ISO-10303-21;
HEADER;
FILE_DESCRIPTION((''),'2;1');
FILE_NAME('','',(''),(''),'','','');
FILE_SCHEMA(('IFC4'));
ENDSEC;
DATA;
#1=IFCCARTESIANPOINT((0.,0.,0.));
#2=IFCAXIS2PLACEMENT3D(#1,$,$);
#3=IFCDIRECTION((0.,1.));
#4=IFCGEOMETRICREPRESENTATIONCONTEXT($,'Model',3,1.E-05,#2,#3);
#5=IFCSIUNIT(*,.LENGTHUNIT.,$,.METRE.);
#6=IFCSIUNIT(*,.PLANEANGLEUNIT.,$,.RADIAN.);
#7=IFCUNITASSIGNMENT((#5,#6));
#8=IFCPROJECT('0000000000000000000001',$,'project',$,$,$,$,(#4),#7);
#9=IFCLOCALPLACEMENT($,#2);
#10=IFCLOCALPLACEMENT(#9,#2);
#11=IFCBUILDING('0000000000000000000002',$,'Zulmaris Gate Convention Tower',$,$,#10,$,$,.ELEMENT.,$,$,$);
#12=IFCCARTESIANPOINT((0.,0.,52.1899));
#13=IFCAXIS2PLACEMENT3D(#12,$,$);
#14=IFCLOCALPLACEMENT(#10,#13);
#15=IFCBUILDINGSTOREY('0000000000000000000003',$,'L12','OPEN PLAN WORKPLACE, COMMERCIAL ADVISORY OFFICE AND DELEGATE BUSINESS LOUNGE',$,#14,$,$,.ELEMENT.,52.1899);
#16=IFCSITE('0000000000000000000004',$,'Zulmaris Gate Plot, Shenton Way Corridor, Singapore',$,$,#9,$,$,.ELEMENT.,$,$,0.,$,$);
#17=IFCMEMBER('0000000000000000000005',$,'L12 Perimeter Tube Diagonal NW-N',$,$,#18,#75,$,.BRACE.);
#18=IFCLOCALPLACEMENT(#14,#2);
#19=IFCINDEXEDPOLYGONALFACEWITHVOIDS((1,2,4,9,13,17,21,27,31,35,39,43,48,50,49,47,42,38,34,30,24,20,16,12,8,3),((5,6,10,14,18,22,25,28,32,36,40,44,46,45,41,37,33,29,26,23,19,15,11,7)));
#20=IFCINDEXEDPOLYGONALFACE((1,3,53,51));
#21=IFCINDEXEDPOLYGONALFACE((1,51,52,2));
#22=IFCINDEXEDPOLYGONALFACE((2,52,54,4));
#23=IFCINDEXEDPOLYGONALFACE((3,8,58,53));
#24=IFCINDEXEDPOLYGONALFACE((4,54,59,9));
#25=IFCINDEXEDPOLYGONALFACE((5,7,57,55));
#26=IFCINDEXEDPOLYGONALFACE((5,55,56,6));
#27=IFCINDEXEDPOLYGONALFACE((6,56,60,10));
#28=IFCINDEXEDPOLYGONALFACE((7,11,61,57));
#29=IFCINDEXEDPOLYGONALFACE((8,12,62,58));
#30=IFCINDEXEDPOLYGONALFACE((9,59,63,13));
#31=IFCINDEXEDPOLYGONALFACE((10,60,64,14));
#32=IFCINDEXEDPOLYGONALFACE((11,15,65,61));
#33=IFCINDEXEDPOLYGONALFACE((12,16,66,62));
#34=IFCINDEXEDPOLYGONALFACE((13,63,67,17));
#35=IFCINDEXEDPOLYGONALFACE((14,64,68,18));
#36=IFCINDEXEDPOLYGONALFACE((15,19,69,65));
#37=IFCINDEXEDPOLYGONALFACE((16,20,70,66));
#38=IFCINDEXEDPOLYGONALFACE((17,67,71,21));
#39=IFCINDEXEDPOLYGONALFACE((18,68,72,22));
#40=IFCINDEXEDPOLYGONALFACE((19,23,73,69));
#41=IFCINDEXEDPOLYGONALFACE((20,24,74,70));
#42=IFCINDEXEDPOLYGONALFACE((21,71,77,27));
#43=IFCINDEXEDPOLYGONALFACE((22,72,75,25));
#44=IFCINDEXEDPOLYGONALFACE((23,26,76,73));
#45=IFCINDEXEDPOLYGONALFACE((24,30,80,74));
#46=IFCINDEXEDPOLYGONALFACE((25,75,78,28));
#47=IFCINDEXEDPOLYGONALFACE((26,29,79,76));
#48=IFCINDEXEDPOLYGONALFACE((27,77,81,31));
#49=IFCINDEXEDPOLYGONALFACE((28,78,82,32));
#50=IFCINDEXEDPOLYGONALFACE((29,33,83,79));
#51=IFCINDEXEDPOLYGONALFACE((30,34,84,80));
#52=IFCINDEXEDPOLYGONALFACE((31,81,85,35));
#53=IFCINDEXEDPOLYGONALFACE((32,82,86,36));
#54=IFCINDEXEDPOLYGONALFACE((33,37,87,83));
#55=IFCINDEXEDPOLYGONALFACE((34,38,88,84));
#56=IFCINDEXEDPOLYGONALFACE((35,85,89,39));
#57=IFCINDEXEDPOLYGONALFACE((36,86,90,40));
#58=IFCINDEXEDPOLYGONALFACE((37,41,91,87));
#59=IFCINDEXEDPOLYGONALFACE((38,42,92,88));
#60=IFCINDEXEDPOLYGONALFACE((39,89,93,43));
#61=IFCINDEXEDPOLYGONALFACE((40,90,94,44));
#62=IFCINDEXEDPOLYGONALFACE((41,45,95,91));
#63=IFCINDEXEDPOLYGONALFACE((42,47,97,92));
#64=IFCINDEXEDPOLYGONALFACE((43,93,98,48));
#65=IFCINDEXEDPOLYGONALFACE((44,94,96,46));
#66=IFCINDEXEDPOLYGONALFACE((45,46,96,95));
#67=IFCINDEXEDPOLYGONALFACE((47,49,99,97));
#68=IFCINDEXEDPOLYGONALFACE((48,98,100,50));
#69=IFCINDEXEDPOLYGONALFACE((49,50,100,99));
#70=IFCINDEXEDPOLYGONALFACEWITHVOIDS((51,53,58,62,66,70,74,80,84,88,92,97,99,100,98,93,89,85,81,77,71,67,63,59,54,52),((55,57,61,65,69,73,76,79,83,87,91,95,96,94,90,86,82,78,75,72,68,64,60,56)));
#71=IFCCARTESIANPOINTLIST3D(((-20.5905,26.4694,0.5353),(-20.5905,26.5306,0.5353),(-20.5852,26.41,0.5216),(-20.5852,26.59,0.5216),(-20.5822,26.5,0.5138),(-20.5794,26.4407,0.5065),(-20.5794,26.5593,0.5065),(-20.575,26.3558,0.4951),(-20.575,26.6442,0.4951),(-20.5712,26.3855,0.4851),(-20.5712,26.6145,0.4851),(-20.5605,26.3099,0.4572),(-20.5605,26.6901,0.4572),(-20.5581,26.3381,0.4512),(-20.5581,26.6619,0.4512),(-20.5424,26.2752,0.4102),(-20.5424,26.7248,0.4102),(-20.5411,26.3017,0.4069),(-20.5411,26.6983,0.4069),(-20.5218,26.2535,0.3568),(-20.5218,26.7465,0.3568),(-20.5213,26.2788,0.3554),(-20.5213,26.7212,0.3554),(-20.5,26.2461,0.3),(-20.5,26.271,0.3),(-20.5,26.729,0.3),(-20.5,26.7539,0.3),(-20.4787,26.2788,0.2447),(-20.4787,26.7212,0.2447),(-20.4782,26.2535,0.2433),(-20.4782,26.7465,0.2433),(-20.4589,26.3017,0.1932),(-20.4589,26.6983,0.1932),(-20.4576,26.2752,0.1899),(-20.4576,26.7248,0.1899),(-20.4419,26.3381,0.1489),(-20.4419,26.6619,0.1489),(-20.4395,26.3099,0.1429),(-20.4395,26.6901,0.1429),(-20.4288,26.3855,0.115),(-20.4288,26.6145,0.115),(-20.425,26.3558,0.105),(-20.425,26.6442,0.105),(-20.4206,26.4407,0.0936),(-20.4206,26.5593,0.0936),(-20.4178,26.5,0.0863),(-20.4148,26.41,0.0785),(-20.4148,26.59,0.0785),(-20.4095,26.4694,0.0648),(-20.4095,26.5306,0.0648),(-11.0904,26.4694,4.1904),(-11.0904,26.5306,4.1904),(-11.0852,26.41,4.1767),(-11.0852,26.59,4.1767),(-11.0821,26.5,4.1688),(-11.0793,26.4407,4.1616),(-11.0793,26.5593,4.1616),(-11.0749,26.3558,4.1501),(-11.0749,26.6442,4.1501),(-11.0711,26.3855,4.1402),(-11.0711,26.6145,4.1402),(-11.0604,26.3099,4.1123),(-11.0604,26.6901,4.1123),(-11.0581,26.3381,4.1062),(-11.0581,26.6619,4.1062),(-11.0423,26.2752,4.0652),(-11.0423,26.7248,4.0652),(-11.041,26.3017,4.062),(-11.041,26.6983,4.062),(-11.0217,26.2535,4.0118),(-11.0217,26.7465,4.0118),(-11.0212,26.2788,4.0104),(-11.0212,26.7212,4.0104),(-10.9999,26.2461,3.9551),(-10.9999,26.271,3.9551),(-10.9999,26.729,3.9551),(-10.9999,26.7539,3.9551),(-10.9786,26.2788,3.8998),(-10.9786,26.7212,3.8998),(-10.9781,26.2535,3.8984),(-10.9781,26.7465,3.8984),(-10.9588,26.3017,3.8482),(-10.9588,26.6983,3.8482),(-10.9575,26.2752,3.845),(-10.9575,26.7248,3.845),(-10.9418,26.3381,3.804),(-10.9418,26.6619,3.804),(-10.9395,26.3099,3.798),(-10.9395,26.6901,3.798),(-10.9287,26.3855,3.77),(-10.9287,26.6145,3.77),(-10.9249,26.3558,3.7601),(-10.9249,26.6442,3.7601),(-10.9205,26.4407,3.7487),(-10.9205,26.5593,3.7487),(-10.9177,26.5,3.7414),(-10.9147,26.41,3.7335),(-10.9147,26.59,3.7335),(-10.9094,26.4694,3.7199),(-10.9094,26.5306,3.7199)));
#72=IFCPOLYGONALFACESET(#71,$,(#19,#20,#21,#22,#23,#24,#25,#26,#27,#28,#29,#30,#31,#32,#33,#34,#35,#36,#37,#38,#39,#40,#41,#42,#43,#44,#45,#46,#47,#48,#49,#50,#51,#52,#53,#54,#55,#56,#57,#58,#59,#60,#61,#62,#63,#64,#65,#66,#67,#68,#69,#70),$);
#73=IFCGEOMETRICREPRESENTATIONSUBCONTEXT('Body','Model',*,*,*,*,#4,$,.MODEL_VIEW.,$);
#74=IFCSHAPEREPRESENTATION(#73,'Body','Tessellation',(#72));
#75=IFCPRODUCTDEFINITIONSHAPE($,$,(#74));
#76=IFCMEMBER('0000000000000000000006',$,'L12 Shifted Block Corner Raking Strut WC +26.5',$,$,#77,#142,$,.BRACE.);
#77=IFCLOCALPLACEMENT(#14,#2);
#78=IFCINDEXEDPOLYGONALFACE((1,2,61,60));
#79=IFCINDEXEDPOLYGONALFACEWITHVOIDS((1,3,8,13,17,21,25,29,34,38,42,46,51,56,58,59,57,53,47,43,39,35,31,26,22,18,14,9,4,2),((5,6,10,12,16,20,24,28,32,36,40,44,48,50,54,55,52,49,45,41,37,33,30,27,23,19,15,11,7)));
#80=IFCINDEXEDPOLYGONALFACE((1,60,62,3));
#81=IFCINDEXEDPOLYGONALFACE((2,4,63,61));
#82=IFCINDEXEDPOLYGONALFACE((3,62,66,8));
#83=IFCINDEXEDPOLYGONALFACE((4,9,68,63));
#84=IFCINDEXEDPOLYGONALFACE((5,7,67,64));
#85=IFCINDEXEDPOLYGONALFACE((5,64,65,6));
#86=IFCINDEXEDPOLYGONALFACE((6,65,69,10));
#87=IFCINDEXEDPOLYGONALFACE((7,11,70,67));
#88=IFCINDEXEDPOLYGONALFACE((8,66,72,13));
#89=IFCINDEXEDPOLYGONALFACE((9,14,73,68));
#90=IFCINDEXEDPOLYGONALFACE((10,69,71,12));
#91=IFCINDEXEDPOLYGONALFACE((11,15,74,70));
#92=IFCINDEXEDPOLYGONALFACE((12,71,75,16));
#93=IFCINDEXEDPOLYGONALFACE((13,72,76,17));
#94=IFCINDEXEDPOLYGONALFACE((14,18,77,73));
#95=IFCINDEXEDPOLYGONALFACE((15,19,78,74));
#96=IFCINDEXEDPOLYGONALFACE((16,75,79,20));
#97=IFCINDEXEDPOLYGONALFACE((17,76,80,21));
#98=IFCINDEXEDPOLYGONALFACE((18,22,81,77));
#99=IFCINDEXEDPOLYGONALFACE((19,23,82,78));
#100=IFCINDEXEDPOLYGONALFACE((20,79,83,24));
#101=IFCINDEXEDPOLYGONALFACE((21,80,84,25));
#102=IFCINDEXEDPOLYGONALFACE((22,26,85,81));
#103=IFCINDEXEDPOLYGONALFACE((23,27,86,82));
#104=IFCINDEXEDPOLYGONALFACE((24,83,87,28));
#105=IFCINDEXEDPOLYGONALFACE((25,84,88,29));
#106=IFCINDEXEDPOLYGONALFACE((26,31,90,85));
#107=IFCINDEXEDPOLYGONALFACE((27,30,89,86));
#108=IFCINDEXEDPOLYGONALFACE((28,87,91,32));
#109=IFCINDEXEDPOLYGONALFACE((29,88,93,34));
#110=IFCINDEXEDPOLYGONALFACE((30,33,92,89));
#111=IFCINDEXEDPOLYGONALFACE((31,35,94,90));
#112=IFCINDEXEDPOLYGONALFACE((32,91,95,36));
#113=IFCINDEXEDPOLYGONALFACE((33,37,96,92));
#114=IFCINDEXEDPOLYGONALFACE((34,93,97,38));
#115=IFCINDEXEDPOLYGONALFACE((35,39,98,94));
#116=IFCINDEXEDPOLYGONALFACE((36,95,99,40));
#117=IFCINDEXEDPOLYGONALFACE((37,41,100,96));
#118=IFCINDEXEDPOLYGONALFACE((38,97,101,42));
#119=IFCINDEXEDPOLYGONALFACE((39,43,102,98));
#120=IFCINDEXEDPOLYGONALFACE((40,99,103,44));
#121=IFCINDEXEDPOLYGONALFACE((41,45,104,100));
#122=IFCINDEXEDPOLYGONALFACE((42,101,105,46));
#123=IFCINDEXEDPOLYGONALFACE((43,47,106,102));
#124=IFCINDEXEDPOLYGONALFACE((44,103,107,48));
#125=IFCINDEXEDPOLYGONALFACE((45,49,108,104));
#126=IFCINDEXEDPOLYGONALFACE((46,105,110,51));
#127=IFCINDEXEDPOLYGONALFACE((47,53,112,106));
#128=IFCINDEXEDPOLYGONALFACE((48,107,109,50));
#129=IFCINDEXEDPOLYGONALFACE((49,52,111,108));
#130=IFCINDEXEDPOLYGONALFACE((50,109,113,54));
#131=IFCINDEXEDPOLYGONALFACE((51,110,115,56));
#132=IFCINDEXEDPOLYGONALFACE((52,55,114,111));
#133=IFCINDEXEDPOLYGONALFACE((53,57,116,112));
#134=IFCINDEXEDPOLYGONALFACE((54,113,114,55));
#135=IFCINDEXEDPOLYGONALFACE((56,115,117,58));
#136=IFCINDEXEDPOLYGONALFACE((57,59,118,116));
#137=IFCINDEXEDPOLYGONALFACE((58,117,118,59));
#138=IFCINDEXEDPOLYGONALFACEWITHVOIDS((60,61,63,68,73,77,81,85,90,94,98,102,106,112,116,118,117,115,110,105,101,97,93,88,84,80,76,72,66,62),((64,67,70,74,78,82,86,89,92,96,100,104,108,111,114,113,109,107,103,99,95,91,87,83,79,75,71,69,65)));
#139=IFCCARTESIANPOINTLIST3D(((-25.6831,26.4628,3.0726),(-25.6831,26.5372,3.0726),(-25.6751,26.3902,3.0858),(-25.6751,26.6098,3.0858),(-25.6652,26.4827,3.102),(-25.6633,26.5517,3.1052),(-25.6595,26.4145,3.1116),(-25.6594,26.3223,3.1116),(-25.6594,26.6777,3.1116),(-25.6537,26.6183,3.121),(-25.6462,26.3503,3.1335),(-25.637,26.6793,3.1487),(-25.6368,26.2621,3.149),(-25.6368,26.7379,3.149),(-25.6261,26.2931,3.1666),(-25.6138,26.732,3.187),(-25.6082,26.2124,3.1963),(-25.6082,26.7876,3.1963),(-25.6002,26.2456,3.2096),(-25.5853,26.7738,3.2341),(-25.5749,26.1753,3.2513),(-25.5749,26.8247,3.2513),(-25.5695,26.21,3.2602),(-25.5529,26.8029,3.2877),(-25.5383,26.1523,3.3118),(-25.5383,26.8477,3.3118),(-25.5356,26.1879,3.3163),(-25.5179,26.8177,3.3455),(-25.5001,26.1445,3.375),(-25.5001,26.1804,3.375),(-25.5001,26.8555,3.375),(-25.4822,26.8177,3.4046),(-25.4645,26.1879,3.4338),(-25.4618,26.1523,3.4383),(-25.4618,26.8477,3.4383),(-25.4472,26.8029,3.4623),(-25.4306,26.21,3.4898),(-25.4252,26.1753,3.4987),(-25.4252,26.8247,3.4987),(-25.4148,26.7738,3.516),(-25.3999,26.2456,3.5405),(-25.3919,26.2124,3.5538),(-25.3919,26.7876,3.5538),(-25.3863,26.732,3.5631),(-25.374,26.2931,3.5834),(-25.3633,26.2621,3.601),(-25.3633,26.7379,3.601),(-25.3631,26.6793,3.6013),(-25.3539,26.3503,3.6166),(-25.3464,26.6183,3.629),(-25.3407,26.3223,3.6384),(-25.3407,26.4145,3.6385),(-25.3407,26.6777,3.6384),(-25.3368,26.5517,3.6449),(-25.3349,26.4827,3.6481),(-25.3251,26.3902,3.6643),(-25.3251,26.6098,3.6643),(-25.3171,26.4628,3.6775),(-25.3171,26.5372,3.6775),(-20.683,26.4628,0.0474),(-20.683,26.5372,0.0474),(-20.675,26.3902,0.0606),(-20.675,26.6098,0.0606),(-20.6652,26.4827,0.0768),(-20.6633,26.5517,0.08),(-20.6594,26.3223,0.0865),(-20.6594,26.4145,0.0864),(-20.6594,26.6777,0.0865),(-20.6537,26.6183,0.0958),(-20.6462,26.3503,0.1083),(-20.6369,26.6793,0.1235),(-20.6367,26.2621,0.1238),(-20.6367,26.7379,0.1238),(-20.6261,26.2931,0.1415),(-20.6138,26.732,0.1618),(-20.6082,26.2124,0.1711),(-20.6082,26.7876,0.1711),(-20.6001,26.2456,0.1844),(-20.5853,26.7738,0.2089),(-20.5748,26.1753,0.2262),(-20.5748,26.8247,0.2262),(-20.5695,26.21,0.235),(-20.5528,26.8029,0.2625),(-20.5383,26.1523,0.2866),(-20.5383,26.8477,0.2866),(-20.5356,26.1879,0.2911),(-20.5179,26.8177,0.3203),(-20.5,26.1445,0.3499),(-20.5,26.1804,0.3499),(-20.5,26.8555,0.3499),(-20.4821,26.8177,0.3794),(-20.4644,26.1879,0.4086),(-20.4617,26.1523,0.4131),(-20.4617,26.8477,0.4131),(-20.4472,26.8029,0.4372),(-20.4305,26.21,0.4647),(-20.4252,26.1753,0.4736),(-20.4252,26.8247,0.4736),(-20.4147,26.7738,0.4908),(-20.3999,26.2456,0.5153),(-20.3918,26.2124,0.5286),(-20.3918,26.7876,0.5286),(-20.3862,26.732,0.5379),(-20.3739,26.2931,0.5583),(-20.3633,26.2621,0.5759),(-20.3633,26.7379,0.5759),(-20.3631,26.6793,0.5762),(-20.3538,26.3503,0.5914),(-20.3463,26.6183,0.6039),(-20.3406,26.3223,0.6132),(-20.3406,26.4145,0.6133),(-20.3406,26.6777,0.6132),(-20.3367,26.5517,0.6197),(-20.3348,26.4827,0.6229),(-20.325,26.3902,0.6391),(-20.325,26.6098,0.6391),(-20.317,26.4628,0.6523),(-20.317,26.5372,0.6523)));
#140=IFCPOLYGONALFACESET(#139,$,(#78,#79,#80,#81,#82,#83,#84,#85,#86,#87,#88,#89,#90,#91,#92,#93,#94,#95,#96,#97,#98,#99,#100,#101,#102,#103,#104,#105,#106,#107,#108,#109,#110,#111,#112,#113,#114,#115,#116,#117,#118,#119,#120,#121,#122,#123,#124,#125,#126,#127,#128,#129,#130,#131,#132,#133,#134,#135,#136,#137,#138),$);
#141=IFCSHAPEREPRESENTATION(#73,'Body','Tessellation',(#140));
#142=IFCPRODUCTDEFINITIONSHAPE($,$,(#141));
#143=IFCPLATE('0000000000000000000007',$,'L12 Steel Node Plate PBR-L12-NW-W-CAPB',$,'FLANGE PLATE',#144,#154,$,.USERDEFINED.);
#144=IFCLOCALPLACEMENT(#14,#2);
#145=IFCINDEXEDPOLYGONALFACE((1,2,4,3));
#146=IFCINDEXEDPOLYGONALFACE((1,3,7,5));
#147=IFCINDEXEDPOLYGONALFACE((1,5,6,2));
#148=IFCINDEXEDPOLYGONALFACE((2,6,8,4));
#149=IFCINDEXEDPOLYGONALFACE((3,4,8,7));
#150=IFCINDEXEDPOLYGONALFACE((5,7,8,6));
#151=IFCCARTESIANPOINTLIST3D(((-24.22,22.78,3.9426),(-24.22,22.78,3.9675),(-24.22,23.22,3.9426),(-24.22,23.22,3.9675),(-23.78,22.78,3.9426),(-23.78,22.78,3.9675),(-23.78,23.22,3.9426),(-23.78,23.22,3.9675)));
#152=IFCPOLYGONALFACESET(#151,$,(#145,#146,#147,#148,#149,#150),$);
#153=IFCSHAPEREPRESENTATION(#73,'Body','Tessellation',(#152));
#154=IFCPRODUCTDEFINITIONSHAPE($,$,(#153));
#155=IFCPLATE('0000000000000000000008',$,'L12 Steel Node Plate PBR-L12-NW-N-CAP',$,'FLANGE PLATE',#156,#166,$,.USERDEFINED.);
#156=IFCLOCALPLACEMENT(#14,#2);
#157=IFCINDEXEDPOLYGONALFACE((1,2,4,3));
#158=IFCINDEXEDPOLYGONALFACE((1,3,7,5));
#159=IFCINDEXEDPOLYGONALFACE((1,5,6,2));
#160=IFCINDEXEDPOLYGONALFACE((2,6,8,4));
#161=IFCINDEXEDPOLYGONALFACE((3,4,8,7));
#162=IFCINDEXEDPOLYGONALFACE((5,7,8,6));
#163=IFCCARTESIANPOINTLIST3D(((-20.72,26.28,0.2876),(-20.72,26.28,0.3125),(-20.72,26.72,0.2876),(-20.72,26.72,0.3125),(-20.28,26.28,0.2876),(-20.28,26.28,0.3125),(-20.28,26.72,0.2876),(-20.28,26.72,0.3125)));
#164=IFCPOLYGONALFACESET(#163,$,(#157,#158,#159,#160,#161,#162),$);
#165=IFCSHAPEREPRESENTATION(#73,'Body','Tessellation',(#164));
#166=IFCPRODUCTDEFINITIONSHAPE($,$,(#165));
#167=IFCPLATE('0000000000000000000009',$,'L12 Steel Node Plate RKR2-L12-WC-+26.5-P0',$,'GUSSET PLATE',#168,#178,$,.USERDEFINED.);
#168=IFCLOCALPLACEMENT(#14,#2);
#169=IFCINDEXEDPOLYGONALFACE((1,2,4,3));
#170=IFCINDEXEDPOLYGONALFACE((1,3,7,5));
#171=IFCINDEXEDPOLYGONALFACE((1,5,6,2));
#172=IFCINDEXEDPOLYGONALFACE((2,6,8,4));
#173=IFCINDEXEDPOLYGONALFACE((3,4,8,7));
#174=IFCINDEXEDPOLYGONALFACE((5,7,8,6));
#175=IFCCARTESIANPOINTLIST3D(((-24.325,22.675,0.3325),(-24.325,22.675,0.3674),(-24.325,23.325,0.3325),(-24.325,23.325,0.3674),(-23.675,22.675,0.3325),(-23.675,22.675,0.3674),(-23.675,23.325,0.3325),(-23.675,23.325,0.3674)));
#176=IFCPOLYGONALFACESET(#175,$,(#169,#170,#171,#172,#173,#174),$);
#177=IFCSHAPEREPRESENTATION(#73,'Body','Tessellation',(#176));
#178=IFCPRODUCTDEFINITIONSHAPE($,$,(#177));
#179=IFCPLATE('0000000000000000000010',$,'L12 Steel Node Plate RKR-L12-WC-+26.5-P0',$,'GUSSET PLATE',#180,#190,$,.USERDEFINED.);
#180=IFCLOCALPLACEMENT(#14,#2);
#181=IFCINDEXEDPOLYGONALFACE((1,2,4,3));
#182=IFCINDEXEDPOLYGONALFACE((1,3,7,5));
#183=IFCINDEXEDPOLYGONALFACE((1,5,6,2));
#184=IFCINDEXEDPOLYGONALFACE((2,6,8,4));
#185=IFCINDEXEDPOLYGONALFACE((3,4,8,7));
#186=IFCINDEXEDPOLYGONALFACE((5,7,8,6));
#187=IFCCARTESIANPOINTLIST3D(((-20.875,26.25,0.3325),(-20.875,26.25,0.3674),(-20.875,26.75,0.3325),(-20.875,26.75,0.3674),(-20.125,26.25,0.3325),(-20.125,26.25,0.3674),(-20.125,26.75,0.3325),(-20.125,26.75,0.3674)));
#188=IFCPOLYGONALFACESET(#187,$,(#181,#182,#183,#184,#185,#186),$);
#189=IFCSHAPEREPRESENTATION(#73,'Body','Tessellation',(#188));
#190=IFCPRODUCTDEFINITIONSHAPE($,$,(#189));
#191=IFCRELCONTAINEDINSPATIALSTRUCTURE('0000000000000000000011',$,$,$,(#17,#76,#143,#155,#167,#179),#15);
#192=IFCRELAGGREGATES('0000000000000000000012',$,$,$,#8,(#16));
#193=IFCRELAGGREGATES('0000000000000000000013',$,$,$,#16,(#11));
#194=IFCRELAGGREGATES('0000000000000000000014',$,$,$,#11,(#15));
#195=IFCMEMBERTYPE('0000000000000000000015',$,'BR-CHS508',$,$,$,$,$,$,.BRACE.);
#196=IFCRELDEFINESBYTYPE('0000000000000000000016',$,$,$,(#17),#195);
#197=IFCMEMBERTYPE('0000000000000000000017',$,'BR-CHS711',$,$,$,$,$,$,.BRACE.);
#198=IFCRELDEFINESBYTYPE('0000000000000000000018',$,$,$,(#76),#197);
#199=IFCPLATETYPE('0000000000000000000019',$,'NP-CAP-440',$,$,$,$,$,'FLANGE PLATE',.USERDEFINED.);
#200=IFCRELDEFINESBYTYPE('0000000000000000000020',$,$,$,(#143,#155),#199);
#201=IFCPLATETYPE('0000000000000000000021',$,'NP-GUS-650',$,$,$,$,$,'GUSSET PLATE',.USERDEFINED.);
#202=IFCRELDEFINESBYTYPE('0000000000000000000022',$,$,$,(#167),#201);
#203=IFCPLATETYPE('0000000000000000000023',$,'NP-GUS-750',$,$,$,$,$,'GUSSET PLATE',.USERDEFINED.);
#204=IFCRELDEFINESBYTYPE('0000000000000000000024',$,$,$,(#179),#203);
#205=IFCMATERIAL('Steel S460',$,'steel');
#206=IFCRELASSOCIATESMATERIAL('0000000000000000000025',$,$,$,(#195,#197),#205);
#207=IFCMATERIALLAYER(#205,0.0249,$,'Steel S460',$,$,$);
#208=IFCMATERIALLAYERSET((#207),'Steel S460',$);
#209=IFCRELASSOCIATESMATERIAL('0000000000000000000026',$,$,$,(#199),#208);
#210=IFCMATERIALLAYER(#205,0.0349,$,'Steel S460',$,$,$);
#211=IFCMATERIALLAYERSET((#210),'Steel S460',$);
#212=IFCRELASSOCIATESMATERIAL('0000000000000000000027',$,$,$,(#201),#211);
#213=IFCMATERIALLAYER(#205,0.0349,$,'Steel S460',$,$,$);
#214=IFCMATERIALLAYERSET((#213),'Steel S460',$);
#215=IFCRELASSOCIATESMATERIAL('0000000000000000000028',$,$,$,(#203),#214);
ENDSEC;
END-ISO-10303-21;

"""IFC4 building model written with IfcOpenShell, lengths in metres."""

from ifc_helpers import new_model, si_unit, direction, frame, origin, origin_2d, place, context, subcontext, project, spatial, rectangle, hollow_circle, extrude, material, layer, layer_set, material_profile, profile_set, type_object, element, save


model = new_model("IFC4")

# Units and contexts
model_context = context("Model", 3, precision=1e-05, world=origin(), true_north=direction((0.0, 1.0)))
body_context = subcontext(model_context, "Body", "Model", "MODEL_VIEW")
ifc_project = project(units=[si_unit("LENGTHUNIT", "METRE"), si_unit("PLANEANGLEUNIT", "RADIAN")], contexts=[model_context])

# Site, building, storey
site_placement = place(None, origin())
site = spatial("IfcSite", under=ifc_project, at=site_placement, Name="Zulmaris Gate Plot, Shenton Way Corridor, Singapore", CompositionType="ELEMENT", RefElevation=0.0)
building_placement = place(site_placement, origin())
building = spatial("IfcBuilding", under=site, at=building_placement, Name="Zulmaris Gate Convention Tower", CompositionType="ELEMENT")
storey_placement = place(building_placement, frame((0.0, 0.0, 52.1899)))
storey = spatial("IfcBuildingStorey", under=building, at=storey_placement, Name="L12", Description="OPEN PLAN WORKPLACE, COMMERCIAL ADVISORY OFFICE AND DELEGATE BUSINESS LOUNGE", CompositionType="ELEMENT", Elevation=52.1899)

# Members
ifc_material_1 = material(Name="Steel S460", Category="steel")
ifc_material_profile_1 = material_profile(ifc_material_1, hollow_circle(Radius=0.2539, WallThickness=0.0249, at=origin_2d()), Name="CHS 508x25")
ifc_profile_set_1 = profile_set([ifc_material_profile_1], Name="Steel S460")
member_type_1 = type_object("IfcMemberType", Name="BR-CHS508", PredefinedType="BRACE", material=ifc_profile_set_1)
member_1_placement = place(storey_placement, frame((-20.5, 26.5, 0.3), z_axis=(0.933307, 0.0, 0.35908), x_axis=(0.0, 1.0, 0.0)))
element("IfcMember", 1, at=member_1_placement, inside=storey, type_object=member_type_1, Name="L12 Perimeter Tube Diagonal NW-N", PredefinedType="BRACE", context=body_context, shape_type="SweptSolid", body=[
    extrude(hollow_circle(Radius=0.2539, WallThickness=0.0249, at=origin_2d()), origin(), (0.0, 0.0, 1.0), 10.179),
])
ifc_material_profile_2 = material_profile(ifc_material_1, hollow_circle(Radius=0.3555, WallThickness=0.0359, at=origin_2d()), Name="CHS 711x36")
ifc_profile_set_2 = profile_set([ifc_material_profile_2], Name="Steel S460")
member_type_2 = type_object("IfcMemberType", Name="BR-CHS711", PredefinedType="BRACE", material=ifc_profile_set_2)
member_2_placement = place(storey_placement, frame((-20.5, 26.5, 0.3499), z_axis=(-0.855589, 0.0, 0.517656), x_axis=(0.0, -1.0, 0.0)))
element("IfcMember", 2, at=member_2_placement, inside=storey, type_object=member_type_2, Name="L12 Shifted Block Corner Raking Strut WC +26.5", PredefinedType="BRACE", context=body_context, shape_type="SweptSolid", body=[
    extrude(hollow_circle(Radius=0.3555, WallThickness=0.0359, at=origin_2d()), origin(), (0.0, 0.0, 1.0), 5.844),
])

# Plates
ifc_layer_1 = layer(ifc_material_1, 0.0249, Name="Steel S460")
ifc_layer_set_1 = layer_set([ifc_layer_1], Name="Steel S460")
plate_type_1 = type_object("IfcPlateType", Name="NP-CAP-440", ElementType="FLANGE PLATE", PredefinedType="USERDEFINED", material=ifc_layer_set_1)
for number, where, z_axis, x_axis, name in (
    (3, (-24.0, 23.0, 3.9426), (0.0, 0.0, 1.0), (1.0, 0.0, 0.0), "L12 Steel Node Plate PBR-L12-NW-W-CAPB"),
    (4, (-20.5, 26.5, 0.2876), (0.0, 0.0, 1.0), (1.0, 0.0, 0.0), "L12 Steel Node Plate PBR-L12-NW-N-CAP"),
):
    element("IfcPlate", number, at=place(storey_placement, frame(where, z_axis=z_axis, x_axis=x_axis)), inside=storey, type_object=plate_type_1, Name=name, ObjectType="FLANGE PLATE", PredefinedType="USERDEFINED", context=body_context, shape_type="SweptSolid", body=[
        extrude(rectangle(XDim=0.4399, YDim=0.4399, at=origin_2d()), origin(), (0.0, 0.0, 1.0), 0.0249),
    ])
ifc_layer_2 = layer(ifc_material_1, 0.0349, Name="Steel S460")
ifc_layer_set_2 = layer_set([ifc_layer_2], Name="Steel S460")
plate_type_2 = type_object("IfcPlateType", Name="NP-GUS-650", ElementType="GUSSET PLATE", PredefinedType="USERDEFINED", material=ifc_layer_set_2)
plate_placement = place(storey_placement, frame((-24.0, 23.0, 0.3325), z_axis=(0.0, 0.0, 1.0), x_axis=(1.0, 0.0, 0.0)))
element("IfcPlate", 5, at=plate_placement, inside=storey, type_object=plate_type_2, Name="L12 Steel Node Plate RKR2-L12-WC-+26.5-P0", ObjectType="GUSSET PLATE", PredefinedType="USERDEFINED", context=body_context, shape_type="SweptSolid", body=[
    extrude(rectangle(XDim=0.6499, YDim=0.6499, at=origin_2d()), origin(), (0.0, 0.0, 1.0), 0.0349),
])
ifc_layer_3 = layer(ifc_material_1, 0.0349, Name="Steel S460")
ifc_layer_set_3 = layer_set([ifc_layer_3], Name="Steel S460")
plate_type_3 = type_object("IfcPlateType", Name="NP-GUS-750", ElementType="GUSSET PLATE", PredefinedType="USERDEFINED", material=ifc_layer_set_3)
for number, where, z_axis, x_axis, name in (
    (6, (-20.5, 26.5, 0.3325), (0.0, 0.0, 1.0), (1.0, 0.0, 0.0), "L12 Steel Node Plate RKR-L12-WC-+26.5-P0"),
):
    element("IfcPlate", number, at=place(storey_placement, frame(where, z_axis=z_axis, x_axis=x_axis)), inside=storey, type_object=plate_type_3, Name=name, ObjectType="GUSSET PLATE", PredefinedType="USERDEFINED", context=body_context, shape_type="SweptSolid", body=[
        extrude(rectangle(XDim=0.75, YDim=0.5, at=origin_2d()), origin(), (0.0, 0.0, 1.0), 0.0349),
    ])

save(model, "model.ifc")
